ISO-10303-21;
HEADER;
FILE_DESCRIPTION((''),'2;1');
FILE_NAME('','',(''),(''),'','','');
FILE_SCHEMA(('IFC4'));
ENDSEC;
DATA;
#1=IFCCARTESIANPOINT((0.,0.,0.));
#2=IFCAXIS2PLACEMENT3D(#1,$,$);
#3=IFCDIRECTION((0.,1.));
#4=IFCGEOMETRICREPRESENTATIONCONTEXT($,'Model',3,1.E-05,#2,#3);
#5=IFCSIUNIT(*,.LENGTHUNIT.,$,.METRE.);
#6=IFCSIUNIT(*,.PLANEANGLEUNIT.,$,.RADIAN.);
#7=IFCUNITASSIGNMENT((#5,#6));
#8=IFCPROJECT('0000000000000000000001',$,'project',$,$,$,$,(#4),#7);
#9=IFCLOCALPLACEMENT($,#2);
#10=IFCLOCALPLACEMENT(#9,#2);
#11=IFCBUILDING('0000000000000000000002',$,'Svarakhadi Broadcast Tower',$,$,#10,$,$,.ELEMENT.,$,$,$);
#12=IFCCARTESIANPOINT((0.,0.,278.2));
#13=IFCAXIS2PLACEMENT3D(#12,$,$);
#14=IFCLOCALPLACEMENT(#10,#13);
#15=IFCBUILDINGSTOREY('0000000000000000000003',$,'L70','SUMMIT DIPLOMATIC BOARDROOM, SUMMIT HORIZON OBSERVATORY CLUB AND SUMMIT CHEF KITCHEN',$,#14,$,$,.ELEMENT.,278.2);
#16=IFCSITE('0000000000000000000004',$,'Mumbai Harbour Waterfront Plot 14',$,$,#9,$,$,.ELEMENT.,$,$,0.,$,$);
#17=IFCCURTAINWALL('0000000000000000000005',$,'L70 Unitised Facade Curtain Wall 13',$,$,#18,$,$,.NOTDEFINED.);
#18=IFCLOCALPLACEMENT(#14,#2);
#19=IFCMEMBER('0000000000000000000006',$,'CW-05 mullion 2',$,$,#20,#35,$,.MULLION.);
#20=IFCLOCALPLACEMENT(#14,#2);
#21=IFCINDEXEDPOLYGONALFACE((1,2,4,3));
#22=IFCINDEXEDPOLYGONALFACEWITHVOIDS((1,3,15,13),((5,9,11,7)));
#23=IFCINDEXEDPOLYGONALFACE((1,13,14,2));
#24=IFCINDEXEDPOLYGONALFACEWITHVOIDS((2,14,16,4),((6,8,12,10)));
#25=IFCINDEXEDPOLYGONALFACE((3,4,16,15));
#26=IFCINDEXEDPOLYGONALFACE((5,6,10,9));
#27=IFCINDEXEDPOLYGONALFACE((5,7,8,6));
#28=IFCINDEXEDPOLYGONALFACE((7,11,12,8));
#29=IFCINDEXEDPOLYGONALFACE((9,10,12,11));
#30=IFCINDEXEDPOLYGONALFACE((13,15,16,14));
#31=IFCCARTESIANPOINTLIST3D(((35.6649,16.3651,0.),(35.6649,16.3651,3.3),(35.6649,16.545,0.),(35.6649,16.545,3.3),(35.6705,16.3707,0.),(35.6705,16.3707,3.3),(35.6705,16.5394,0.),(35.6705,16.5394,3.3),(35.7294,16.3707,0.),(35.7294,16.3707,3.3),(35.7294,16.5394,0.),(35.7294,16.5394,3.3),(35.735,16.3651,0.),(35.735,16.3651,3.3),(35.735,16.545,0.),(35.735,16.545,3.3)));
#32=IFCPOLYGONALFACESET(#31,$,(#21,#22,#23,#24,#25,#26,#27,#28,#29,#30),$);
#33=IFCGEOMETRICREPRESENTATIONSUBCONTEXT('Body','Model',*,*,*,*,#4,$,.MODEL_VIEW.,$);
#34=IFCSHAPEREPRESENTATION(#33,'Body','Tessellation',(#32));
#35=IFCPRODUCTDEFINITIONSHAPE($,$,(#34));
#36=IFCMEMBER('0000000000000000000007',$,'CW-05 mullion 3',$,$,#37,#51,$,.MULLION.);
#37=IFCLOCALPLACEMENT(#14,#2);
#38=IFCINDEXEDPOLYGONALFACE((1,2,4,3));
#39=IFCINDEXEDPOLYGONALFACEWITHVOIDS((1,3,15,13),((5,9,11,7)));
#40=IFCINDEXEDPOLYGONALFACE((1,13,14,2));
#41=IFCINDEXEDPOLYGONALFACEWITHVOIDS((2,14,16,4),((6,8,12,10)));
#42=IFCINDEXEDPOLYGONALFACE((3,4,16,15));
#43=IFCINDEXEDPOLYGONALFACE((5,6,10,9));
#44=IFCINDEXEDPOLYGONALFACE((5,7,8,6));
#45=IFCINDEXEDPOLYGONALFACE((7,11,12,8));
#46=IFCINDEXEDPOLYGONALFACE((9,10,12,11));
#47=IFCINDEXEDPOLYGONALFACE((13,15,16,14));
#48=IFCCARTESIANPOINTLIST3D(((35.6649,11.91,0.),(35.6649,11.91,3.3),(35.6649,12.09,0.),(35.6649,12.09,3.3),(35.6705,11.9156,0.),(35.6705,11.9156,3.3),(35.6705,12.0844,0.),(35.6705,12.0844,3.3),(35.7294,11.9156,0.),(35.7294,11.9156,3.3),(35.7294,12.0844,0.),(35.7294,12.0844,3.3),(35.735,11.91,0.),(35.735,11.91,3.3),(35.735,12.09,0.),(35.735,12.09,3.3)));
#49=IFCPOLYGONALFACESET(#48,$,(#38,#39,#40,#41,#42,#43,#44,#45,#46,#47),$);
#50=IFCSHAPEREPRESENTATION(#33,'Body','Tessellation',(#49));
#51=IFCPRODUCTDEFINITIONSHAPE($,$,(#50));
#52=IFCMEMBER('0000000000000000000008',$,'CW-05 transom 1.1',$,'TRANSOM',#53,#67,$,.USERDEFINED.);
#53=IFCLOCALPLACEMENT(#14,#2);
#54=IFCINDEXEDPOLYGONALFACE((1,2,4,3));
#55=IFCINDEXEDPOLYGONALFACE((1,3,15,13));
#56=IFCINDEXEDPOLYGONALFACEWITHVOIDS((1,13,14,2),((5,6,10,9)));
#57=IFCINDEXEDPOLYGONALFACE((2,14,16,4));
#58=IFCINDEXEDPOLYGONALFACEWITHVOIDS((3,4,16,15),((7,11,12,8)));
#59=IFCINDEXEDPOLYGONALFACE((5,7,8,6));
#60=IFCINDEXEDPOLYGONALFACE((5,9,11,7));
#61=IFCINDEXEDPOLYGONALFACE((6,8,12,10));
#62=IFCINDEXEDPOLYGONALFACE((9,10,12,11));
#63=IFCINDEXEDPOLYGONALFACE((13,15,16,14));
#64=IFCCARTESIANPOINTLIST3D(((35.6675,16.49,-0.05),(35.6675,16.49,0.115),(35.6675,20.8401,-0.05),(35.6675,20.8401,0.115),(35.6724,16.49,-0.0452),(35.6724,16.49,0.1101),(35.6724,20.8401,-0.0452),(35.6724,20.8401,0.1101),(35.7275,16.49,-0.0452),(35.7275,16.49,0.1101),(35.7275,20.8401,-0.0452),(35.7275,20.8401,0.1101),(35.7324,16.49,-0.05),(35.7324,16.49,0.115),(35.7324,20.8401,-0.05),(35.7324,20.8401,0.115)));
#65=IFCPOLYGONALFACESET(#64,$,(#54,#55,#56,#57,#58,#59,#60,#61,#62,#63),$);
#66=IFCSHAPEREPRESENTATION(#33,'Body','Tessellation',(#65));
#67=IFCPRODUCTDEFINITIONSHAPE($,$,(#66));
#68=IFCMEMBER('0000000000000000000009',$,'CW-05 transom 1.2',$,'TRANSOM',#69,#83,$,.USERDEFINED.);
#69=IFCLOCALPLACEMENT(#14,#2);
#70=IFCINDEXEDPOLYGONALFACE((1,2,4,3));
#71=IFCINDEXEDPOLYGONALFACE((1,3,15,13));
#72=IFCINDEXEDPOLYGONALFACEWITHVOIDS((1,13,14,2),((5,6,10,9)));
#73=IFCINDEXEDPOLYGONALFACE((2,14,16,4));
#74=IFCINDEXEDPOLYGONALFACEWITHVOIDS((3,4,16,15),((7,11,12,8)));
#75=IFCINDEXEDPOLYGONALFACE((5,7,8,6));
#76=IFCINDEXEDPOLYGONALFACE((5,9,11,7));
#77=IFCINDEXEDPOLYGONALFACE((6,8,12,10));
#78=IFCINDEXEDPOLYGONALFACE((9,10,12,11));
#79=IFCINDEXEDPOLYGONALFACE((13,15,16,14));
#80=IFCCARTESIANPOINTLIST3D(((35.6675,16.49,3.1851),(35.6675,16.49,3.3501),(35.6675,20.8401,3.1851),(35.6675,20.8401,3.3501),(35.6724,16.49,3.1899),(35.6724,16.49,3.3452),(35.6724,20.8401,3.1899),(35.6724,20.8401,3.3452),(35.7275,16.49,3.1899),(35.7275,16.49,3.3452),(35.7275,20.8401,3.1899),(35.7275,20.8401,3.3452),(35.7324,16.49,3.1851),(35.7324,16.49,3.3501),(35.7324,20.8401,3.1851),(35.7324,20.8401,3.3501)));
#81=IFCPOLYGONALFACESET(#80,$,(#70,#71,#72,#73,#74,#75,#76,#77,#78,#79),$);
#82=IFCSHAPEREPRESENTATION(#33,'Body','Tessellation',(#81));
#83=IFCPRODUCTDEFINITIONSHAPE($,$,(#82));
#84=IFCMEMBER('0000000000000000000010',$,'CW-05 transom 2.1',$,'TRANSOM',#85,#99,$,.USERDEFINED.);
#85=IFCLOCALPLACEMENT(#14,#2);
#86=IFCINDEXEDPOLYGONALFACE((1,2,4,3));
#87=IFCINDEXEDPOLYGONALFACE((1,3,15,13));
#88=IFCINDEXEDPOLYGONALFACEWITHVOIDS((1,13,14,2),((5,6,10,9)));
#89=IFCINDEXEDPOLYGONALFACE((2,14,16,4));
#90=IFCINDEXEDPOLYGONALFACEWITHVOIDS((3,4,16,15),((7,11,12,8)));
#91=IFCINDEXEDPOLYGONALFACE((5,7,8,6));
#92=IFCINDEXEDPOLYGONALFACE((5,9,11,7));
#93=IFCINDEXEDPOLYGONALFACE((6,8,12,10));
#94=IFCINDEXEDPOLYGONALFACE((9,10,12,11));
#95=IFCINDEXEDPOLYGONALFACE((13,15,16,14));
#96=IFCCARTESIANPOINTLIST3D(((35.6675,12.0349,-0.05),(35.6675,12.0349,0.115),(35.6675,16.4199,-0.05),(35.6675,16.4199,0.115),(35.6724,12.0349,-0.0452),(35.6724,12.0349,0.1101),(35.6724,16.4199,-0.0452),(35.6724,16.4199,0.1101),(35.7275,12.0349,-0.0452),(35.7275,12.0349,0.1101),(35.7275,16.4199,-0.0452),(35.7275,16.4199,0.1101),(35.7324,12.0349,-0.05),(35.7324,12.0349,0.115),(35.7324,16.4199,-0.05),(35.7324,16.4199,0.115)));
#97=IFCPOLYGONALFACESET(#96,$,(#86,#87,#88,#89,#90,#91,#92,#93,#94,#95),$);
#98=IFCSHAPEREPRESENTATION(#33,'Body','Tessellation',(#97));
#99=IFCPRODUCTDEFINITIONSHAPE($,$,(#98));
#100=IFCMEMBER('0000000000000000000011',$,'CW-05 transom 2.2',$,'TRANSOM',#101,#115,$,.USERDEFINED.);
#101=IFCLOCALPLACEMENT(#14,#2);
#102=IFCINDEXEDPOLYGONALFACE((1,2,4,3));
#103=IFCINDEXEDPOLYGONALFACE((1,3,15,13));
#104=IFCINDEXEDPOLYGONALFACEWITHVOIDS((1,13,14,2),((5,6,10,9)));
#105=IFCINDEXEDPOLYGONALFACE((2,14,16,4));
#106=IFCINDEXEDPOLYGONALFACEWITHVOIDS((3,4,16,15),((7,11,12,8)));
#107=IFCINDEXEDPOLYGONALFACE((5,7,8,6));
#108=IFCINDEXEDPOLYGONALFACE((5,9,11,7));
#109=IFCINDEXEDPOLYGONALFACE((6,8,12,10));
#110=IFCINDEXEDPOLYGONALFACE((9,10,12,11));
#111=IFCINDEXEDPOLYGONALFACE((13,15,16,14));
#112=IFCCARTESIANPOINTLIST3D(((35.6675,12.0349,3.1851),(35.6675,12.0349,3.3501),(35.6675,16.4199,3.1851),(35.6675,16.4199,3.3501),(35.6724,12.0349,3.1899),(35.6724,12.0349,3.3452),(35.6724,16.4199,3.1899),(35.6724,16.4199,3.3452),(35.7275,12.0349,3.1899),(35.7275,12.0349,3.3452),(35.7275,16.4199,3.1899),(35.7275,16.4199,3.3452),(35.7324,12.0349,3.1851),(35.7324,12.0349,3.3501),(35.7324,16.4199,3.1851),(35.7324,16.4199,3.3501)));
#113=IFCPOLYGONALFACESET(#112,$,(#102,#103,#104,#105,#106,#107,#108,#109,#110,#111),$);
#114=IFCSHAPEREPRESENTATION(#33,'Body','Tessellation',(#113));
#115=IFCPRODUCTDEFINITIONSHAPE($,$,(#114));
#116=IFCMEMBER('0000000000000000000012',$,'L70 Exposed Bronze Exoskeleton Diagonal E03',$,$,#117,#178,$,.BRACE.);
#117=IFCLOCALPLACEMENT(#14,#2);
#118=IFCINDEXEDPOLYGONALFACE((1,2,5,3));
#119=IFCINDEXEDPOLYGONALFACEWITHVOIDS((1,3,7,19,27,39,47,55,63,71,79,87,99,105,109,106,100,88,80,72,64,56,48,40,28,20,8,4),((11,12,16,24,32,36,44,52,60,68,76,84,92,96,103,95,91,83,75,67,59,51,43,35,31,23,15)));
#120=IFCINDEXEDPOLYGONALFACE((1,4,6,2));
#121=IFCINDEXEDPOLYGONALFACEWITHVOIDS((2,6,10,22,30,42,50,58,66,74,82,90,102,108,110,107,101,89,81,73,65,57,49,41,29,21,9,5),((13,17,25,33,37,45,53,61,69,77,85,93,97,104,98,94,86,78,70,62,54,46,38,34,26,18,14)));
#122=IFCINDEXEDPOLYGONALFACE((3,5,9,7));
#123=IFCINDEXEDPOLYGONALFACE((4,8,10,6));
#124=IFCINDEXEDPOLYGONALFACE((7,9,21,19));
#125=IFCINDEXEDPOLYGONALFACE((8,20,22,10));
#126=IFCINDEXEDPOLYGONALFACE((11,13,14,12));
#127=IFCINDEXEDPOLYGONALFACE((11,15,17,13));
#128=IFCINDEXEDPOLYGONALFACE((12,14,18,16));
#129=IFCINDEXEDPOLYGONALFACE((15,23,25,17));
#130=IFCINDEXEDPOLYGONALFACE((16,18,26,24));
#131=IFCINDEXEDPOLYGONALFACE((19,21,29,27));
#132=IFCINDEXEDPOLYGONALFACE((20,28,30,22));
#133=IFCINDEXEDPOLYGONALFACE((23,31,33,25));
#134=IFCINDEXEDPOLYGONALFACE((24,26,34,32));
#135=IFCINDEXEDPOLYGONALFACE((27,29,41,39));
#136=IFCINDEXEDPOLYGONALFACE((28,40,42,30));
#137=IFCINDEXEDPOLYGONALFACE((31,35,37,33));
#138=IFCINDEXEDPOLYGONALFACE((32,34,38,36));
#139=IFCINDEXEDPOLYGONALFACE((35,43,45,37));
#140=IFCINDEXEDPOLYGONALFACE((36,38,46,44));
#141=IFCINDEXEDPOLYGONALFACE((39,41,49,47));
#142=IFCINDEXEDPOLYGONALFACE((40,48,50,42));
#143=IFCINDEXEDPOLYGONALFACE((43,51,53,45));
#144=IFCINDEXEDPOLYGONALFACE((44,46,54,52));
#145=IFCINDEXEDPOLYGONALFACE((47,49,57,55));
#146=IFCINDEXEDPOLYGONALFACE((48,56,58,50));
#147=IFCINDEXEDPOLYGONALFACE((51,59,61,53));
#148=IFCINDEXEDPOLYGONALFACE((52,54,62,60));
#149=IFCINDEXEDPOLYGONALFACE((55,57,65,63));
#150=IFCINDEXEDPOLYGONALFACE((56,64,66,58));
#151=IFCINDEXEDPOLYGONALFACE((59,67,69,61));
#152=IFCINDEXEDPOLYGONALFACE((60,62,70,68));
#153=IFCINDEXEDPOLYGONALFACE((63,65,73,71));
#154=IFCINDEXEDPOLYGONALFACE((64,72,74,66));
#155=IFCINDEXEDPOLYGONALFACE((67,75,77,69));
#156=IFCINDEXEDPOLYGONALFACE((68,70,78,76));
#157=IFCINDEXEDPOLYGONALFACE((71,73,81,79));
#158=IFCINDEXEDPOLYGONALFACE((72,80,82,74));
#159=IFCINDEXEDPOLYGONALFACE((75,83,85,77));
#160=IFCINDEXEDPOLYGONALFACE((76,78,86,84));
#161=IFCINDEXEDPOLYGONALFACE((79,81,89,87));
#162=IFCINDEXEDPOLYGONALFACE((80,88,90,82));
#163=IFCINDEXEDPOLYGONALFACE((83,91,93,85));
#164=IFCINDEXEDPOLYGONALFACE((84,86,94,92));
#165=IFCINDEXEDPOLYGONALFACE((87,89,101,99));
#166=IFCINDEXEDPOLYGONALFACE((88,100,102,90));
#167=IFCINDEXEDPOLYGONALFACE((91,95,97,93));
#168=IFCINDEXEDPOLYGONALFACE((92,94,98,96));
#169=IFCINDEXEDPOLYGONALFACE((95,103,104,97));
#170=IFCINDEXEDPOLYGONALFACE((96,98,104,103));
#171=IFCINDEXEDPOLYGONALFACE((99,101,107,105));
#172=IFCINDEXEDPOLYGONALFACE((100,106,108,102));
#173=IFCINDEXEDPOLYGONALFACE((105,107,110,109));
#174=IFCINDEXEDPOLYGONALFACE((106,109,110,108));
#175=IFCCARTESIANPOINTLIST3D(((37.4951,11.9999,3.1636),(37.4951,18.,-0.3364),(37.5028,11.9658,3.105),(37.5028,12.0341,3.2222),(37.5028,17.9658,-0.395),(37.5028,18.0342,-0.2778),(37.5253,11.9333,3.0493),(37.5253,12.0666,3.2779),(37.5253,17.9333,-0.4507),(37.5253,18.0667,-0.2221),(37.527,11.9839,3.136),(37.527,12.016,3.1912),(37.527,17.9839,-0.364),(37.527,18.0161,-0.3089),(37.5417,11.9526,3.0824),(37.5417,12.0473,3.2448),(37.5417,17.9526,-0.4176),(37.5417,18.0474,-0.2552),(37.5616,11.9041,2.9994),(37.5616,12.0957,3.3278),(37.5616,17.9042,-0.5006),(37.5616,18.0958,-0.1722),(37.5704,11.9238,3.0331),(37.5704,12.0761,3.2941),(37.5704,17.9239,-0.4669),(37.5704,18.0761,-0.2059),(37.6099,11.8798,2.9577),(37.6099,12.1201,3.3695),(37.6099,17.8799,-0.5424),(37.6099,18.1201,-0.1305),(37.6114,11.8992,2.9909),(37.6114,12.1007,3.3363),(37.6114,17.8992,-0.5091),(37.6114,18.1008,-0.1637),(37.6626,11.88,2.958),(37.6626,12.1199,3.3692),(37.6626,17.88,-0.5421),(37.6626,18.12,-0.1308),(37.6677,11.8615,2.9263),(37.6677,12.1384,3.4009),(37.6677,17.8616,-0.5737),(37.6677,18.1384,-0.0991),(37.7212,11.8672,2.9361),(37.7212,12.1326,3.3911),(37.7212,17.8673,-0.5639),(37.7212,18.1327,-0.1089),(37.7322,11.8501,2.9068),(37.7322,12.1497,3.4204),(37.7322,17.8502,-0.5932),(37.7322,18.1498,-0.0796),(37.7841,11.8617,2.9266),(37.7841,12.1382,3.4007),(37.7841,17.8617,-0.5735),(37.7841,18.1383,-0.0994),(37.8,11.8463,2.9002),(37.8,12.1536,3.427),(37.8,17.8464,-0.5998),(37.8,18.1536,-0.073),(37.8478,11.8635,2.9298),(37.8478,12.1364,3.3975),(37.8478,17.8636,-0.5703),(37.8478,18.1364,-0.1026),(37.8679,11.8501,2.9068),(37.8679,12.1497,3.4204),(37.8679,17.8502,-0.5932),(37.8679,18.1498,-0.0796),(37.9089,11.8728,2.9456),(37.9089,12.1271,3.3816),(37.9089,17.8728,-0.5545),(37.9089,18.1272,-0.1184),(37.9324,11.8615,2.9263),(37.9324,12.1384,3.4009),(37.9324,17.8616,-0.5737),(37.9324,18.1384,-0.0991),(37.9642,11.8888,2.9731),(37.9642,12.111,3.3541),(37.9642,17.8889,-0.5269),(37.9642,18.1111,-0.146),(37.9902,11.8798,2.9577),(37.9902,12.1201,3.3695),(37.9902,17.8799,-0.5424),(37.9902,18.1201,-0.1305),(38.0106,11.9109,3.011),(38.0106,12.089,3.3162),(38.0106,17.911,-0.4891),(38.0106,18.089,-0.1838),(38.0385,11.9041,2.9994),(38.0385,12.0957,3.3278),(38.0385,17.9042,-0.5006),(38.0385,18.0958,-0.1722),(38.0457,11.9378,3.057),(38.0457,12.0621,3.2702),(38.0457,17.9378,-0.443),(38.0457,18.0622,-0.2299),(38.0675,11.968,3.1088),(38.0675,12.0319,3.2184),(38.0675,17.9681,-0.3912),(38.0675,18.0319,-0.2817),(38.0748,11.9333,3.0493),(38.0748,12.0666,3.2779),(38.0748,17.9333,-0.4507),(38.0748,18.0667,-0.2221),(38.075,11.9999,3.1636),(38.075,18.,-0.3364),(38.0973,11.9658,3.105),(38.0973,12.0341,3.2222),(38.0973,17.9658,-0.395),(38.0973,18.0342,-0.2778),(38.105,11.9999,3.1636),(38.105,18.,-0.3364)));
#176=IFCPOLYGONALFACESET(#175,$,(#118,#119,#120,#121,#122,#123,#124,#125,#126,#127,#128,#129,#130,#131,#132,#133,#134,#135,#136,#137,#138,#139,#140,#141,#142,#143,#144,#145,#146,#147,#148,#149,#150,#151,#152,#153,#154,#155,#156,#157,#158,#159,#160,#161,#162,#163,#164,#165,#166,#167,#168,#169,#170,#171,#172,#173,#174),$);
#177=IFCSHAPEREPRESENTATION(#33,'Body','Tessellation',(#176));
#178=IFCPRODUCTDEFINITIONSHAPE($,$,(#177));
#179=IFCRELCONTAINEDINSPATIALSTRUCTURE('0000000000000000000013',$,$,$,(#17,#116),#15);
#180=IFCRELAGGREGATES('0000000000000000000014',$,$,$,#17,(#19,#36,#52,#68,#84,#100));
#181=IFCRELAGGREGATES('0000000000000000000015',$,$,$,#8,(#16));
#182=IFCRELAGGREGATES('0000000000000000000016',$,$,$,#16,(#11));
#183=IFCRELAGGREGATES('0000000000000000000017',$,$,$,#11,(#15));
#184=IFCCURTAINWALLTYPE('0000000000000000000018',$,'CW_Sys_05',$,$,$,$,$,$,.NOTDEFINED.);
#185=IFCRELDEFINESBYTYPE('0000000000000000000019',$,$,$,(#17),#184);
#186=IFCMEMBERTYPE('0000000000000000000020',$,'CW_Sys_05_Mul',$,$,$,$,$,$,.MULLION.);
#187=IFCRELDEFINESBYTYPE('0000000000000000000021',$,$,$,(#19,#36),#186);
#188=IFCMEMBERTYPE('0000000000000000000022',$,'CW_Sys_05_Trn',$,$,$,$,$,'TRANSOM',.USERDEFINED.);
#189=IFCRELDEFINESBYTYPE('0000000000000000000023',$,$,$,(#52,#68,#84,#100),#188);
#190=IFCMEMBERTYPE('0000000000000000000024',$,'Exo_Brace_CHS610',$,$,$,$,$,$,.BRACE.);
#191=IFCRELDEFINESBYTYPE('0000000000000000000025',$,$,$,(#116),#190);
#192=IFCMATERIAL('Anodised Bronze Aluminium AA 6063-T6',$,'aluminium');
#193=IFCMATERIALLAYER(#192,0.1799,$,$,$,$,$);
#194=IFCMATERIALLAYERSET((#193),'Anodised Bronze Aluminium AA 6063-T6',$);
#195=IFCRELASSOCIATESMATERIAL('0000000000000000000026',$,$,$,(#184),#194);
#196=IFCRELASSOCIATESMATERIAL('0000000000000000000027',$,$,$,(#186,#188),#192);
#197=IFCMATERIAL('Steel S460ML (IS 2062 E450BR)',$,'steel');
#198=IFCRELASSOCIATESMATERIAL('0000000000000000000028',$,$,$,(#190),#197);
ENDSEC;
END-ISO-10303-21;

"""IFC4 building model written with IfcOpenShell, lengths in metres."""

from ifc_helpers import new_model, si_unit, direction, frame, origin, origin_2d, place, context, subcontext, project, spatial, hollow_rectangle, hollow_circle, extrude, material, layer, layer_set, material_profile, profile_set, type_object, element, aggregate, save


model = new_model("IFC4")

# Units and contexts
model_context = context("Model", 3, precision=1e-05, world=origin(), true_north=direction((0.0, 1.0)))
body_context = subcontext(model_context, "Body", "Model", "MODEL_VIEW")
ifc_project = project(units=[si_unit("LENGTHUNIT", "METRE"), si_unit("PLANEANGLEUNIT", "RADIAN")], contexts=[model_context])

# Site, building, storey
site_placement = place(None, origin())
site = spatial("IfcSite", under=ifc_project, at=site_placement, Name="Mumbai Harbour Waterfront Plot 14", CompositionType="ELEMENT", RefElevation=0.0)
building_placement = place(site_placement, origin())
building = spatial("IfcBuilding", under=site, at=building_placement, Name="Svarakhadi Broadcast Tower", CompositionType="ELEMENT")
storey_placement = place(building_placement, frame((0.0, 0.0, 278.2)))
storey = spatial("IfcBuildingStorey", under=building, at=storey_placement, Name="L70", Description="SUMMIT DIPLOMATIC BOARDROOM, SUMMIT HORIZON OBSERVATORY CLUB AND SUMMIT CHEF KITCHEN", CompositionType="ELEMENT", Elevation=278.2)

# Shared definitions
ifc_material_1 = material(Name="Steel S460ML (IS 2062 E450BR)", Category="steel")

# Shared definitions
ifc_material_2 = material(Name="Anodised Bronze Aluminium AA 6063-T6", Category="aluminium")
ifc_layer_1 = layer(ifc_material_2, 0.1799)
ifc_layer_set_1 = layer_set([ifc_layer_1], Name="Anodised Bronze Aluminium AA 6063-T6")
curtain_wall_type = type_object("IfcCurtainWallType", Name="CW_Sys_05", PredefinedType="NOTDEFINED", material=ifc_layer_set_1)
ifc_material_profile_1 = material_profile(ifc_material_2, hollow_rectangle(XDim=0.0701, YDim=0.1799, WallThickness=0.0056, at=origin_2d()), Name="ALU MULLION 180x70x6")
ifc_profile_set_1 = profile_set([ifc_material_profile_1], Name="Anodised Bronze Aluminium AA 6063-T6")
member_type_1 = type_object("IfcMemberType", Name="CW_Sys_05_Mul", PredefinedType="MULLION", material=ifc_profile_set_1)

# Curtain wall, members
curtain_wall_1_placement = place(storey_placement, origin())
curtain_wall_1 = element("IfcCurtainWall", 1, at=curtain_wall_1_placement, inside=storey, type_object=curtain_wall_type, Name="L70 Unitised Facade Curtain Wall 13", PredefinedType="NOTDEFINED")
member_1_placement = place(storey_placement, frame((35.7, 16.4551, 0.0), z_axis=(0.0, 0.0, 1.0), x_axis=(1.0, 0.0, 0.0)))
member_1 = element("IfcMember", 2, at=member_1_placement, type_object=member_type_1, Name="CW-05 mullion 2", PredefinedType="MULLION", context=body_context, shape_type="SweptSolid", body=[
    extrude(hollow_rectangle(XDim=0.0701, YDim=0.1799, WallThickness=0.0056, at=origin_2d()), origin(), (0.0, 0.0, 1.0), 3.3),
])
member_2_placement = place(storey_placement, frame((35.7, 12.0, 0.0), z_axis=(0.0, 0.0, 1.0), x_axis=(1.0, 0.0, 0.0)))
member_2 = element("IfcMember", 3, at=member_2_placement, type_object=member_type_1, Name="CW-05 mullion 3", PredefinedType="MULLION", context=body_context, shape_type="SweptSolid", body=[
    extrude(hollow_rectangle(XDim=0.0701, YDim=0.1799, WallThickness=0.0056, at=origin_2d()), origin(), (0.0, 0.0, 1.0), 3.3),
])
ifc_material_profile_2 = material_profile(ifc_material_2, hollow_rectangle(XDim=0.0649, YDim=0.165, WallThickness=0.0049, at=origin_2d()), Name="ALU TRANSOM 165x65x5")
ifc_profile_set_2 = profile_set([ifc_material_profile_2], Name="Anodised Bronze Aluminium AA 6063-T6")
member_type_2 = type_object("IfcMemberType", Name="CW_Sys_05_Trn", ElementType="TRANSOM", PredefinedType="USERDEFINED", material=ifc_profile_set_2)
member_3_placement = place(storey_placement, frame((35.7, 20.8401, 0.0325), z_axis=(0.0, -1.0, 0.0), x_axis=(1.0, 0.0, 0.0)))
member_3 = element("IfcMember", 4, at=member_3_placement, type_object=member_type_2, Name="CW-05 transom 1.1", ObjectType="TRANSOM", PredefinedType="USERDEFINED", context=body_context, shape_type="SweptSolid", body=[
    extrude(hollow_rectangle(XDim=0.0649, YDim=0.165, WallThickness=0.0049, at=origin_2d()), origin(), (0.0, 0.0, 1.0), 4.3501),
])
member_4_placement = place(storey_placement, frame((35.7, 20.8401, 3.2676), z_axis=(0.0, -1.0, 0.0), x_axis=(1.0, 0.0, 0.0)))
member_4 = element("IfcMember", 5, at=member_4_placement, type_object=member_type_2, Name="CW-05 transom 1.2", ObjectType="TRANSOM", PredefinedType="USERDEFINED", context=body_context, shape_type="SweptSolid", body=[
    extrude(hollow_rectangle(XDim=0.0649, YDim=0.165, WallThickness=0.0049, at=origin_2d()), origin(), (0.0, 0.0, 1.0), 4.3501),
])
member_5_placement = place(storey_placement, frame((35.7, 16.4199, 0.0325), z_axis=(0.0, -1.0, 0.0), x_axis=(1.0, 0.0, 0.0)))
member_5 = element("IfcMember", 6, at=member_5_placement, type_object=member_type_2, Name="CW-05 transom 2.1", ObjectType="TRANSOM", PredefinedType="USERDEFINED", context=body_context, shape_type="SweptSolid", body=[
    extrude(hollow_rectangle(XDim=0.0649, YDim=0.165, WallThickness=0.0049, at=origin_2d()), origin(), (0.0, 0.0, 1.0), 4.385),
])
member_6_placement = place(storey_placement, frame((35.7, 16.4199, 3.2676), z_axis=(0.0, -1.0, 0.0), x_axis=(1.0, 0.0, 0.0)))
member_6 = element("IfcMember", 7, at=member_6_placement, type_object=member_type_2, Name="CW-05 transom 2.2", ObjectType="TRANSOM", PredefinedType="USERDEFINED", context=body_context, shape_type="SweptSolid", body=[
    extrude(hollow_rectangle(XDim=0.0649, YDim=0.165, WallThickness=0.0049, at=origin_2d()), origin(), (0.0, 0.0, 1.0), 4.385),
])

# Member
ifc_material_profile_3 = material_profile(ifc_material_1, hollow_circle(Radius=0.3049, WallThickness=0.03, at=origin_2d()), Name="CHS 610x30")
ifc_profile_set_3 = profile_set([ifc_material_profile_3], Name="Steel S460ML (IS 2062 E450BR)")
member_type_3 = type_object("IfcMemberType", Name="Exo_Brace_CHS610", PredefinedType="BRACE", material=ifc_profile_set_3)
member_7_placement = place(storey_placement, frame((37.8, 18.0, -0.3364), z_axis=(0.0, -0.863779, 0.503871), x_axis=(1.0, 0.0, 0.0)))
element("IfcMember", 8, at=member_7_placement, inside=storey, type_object=member_type_3, Name="L70 Exposed Bronze Exoskeleton Diagonal E03", PredefinedType="BRACE", context=body_context, shape_type="SweptSolid", body=[
    extrude(hollow_circle(Radius=0.3049, WallThickness=0.03, at=origin_2d()), origin(), (0.0, 0.0, 1.0), 6.9463),
])

aggregate(curtain_wall_1, [member_1, member_2, member_3, member_4, member_5, member_6])

save(model, "model.ifc")
